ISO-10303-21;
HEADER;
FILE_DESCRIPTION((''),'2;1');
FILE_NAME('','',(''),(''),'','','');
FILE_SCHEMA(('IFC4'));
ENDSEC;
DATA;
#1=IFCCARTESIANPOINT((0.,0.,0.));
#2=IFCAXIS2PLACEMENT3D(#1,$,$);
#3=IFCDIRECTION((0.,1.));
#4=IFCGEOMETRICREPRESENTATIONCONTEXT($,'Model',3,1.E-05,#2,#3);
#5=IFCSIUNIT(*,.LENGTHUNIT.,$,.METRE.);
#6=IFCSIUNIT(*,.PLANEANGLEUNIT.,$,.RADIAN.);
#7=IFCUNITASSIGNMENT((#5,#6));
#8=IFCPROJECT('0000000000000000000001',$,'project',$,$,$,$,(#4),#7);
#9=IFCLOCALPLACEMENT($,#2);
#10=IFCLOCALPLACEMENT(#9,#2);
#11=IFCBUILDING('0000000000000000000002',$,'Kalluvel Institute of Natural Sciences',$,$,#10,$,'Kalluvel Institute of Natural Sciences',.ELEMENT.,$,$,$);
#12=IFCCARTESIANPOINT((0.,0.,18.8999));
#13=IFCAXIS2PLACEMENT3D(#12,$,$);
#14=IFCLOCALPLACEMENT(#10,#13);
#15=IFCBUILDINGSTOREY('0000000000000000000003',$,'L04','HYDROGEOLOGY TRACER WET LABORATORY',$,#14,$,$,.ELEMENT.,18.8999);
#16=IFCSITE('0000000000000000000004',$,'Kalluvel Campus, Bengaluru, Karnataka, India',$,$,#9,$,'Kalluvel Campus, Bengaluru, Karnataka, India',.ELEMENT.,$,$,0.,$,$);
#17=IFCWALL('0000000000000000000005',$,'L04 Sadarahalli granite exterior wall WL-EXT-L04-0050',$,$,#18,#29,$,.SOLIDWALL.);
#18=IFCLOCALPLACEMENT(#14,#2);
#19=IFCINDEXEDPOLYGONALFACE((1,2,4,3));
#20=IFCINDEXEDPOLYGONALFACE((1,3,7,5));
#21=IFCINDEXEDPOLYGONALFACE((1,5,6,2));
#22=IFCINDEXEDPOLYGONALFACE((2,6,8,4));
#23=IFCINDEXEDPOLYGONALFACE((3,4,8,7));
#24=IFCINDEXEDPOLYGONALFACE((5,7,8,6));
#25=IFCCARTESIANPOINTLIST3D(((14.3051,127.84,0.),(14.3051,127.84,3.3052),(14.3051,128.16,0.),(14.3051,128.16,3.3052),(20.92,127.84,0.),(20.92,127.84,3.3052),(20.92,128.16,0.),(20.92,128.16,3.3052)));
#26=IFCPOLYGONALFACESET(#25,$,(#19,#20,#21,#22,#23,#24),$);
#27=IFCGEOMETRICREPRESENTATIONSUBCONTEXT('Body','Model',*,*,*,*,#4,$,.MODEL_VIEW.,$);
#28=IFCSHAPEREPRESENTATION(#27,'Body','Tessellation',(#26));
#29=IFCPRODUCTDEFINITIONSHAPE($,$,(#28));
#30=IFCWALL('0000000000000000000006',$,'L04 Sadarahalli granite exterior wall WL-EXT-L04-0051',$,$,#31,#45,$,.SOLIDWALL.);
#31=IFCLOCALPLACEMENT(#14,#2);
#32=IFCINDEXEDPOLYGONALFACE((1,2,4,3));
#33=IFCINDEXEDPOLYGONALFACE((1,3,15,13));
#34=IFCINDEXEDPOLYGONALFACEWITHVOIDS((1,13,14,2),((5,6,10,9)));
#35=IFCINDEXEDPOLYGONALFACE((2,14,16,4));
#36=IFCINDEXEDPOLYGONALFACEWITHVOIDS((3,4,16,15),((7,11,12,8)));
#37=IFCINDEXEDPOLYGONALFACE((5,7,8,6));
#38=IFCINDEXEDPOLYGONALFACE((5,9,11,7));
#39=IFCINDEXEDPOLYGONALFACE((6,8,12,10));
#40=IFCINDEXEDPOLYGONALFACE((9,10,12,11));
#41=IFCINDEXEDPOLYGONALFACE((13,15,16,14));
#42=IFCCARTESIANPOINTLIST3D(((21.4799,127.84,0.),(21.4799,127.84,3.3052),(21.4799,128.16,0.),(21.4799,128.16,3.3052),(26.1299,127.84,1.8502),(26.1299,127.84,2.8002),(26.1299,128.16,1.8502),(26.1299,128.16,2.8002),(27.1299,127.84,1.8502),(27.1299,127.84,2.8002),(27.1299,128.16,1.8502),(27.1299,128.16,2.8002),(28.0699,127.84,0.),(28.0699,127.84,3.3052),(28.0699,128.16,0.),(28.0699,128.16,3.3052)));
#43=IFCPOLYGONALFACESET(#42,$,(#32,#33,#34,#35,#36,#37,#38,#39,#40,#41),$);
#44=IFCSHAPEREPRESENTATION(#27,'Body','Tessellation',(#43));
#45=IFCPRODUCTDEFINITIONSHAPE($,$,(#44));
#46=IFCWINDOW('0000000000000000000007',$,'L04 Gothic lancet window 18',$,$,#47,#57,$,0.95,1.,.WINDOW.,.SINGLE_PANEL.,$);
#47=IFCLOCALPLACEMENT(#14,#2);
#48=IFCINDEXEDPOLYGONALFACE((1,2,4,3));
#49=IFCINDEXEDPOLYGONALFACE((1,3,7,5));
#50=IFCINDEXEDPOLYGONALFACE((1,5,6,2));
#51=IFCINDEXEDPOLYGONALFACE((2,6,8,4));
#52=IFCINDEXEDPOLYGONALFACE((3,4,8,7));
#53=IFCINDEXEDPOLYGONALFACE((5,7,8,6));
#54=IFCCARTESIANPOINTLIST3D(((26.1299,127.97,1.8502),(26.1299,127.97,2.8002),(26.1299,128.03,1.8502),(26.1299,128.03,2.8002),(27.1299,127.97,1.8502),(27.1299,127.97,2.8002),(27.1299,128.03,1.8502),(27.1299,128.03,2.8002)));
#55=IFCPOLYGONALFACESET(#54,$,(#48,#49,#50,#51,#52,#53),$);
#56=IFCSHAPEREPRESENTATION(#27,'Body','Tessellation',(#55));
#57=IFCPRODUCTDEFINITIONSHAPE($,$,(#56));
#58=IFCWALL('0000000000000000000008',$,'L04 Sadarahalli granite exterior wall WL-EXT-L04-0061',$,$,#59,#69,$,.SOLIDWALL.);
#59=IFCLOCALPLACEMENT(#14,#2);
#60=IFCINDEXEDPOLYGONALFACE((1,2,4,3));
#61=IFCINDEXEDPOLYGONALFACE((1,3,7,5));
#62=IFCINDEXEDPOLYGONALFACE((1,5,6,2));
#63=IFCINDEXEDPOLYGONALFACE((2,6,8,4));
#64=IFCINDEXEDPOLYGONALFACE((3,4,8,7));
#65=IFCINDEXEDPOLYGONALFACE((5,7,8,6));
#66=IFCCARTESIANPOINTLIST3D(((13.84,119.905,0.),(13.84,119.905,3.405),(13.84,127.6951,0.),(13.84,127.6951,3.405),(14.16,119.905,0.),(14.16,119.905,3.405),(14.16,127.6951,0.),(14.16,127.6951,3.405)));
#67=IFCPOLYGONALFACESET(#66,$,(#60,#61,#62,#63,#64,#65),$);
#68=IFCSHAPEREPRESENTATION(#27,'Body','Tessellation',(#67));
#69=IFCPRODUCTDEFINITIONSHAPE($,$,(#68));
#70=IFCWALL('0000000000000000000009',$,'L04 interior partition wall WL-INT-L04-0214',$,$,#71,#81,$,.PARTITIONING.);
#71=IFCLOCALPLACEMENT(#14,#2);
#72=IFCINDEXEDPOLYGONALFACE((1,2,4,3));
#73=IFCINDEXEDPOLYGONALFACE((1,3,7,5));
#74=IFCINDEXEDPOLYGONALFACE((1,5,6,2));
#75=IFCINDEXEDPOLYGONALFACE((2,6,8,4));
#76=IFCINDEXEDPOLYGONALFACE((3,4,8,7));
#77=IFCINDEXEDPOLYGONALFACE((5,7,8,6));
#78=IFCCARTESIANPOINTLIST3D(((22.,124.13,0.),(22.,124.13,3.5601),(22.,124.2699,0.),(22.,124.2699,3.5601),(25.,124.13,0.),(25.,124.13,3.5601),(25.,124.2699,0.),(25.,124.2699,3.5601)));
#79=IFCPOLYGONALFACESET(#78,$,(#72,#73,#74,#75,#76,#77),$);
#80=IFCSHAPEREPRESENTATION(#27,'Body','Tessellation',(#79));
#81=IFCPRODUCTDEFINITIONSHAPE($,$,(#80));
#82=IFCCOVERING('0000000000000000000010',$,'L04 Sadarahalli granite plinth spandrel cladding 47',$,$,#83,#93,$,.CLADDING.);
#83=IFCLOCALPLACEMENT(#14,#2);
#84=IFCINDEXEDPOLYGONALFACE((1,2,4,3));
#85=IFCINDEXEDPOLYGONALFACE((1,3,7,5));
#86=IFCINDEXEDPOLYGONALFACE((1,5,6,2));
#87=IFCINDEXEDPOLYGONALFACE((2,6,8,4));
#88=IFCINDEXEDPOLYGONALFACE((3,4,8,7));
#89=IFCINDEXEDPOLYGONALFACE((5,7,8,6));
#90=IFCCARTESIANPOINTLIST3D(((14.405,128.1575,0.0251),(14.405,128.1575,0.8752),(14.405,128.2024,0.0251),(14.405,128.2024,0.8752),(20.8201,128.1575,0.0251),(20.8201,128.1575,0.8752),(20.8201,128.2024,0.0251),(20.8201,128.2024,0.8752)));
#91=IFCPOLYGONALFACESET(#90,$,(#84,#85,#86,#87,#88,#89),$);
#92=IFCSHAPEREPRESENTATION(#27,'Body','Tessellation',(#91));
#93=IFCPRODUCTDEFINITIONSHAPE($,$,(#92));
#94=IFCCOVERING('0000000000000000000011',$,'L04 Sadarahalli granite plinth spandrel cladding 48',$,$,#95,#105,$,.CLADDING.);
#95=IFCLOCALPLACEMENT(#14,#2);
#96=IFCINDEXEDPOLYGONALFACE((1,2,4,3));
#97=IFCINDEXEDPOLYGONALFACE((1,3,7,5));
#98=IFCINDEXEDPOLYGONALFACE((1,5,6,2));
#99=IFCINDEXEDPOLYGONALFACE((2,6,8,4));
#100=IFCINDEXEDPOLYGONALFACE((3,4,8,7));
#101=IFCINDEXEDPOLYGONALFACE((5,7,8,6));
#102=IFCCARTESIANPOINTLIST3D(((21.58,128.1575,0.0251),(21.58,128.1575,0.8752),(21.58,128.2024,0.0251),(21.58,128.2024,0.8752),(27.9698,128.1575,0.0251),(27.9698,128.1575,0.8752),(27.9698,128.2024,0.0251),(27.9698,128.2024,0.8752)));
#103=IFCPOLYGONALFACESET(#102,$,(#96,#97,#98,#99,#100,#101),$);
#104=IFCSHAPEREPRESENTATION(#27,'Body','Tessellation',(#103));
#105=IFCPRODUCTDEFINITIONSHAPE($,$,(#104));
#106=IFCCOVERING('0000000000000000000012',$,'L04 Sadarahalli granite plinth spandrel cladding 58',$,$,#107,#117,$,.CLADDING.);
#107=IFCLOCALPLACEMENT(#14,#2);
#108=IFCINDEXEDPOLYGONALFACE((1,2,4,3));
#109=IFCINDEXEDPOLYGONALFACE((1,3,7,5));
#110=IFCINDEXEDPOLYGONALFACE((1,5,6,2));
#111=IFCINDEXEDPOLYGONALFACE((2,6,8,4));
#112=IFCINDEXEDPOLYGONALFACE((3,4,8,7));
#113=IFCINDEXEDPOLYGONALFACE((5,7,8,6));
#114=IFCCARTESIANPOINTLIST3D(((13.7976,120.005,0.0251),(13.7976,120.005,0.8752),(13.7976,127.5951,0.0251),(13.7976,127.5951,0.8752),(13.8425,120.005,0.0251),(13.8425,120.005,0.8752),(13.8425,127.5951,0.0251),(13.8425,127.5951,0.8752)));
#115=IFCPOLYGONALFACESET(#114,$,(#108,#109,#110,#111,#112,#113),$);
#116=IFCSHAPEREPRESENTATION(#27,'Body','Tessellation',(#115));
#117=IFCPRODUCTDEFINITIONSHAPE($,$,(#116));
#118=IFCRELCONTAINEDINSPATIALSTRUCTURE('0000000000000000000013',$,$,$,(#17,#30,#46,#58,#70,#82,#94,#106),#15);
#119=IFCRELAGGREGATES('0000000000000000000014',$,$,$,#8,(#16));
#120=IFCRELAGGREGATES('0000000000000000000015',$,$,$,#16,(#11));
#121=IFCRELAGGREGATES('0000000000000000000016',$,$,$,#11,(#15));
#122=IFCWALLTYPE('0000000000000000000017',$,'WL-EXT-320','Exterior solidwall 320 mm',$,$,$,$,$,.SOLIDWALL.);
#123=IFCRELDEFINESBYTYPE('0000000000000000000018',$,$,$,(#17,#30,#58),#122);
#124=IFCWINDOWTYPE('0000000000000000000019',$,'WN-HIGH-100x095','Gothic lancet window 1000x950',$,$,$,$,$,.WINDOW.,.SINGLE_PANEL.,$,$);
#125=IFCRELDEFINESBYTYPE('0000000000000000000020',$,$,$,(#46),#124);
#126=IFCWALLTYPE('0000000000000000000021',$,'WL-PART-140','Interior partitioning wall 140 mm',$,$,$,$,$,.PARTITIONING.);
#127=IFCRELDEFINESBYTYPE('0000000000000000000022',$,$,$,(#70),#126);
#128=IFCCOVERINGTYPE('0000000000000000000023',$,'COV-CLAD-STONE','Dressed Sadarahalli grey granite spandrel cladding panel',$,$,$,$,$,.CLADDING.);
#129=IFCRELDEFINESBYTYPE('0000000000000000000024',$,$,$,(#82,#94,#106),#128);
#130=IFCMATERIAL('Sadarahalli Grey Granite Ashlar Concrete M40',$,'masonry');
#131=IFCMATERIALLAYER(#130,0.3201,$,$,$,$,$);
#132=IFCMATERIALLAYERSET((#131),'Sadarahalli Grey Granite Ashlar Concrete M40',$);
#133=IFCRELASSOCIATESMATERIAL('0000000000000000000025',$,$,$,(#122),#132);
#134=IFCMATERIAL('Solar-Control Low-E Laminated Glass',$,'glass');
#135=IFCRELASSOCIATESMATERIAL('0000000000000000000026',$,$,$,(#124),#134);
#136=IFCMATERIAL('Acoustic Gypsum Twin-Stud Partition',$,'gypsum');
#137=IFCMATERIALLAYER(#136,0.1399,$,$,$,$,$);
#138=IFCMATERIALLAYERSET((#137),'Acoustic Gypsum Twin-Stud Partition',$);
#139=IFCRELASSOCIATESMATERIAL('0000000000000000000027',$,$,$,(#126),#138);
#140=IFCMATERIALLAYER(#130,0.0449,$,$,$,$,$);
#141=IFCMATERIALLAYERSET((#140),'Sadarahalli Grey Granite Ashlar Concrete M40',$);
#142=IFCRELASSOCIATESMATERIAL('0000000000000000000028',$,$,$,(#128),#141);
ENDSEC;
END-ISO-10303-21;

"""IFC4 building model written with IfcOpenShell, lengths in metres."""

from ifc_helpers import new_model, si_unit, direction, frame, frame_2d, origin, origin_2d, place, context, subcontext, project, spatial, rectangle, extrude, material, layer, layer_set, type_object, element, fill, save


model = new_model("IFC4")

# Units and contexts
model_context = context("Model", 3, precision=1e-05, world=origin(), true_north=direction((0.0, 1.0)))
body_context = subcontext(model_context, "Body", "Model", "MODEL_VIEW")
ifc_project = project(units=[si_unit("LENGTHUNIT", "METRE"), si_unit("PLANEANGLEUNIT", "RADIAN")], contexts=[model_context])

# Site, building, storey
site_placement = place(None, origin())
site = spatial("IfcSite", under=ifc_project, at=site_placement, Name="Kalluvel Campus, Bengaluru, Karnataka, India", LongName="Kalluvel Campus, Bengaluru, Karnataka, India", CompositionType="ELEMENT", RefElevation=0.0)
building_placement = place(site_placement, origin())
building = spatial("IfcBuilding", under=site, at=building_placement, Name="Kalluvel Institute of Natural Sciences", LongName="Kalluvel Institute of Natural Sciences", CompositionType="ELEMENT")
storey_placement = place(building_placement, frame((0.0, 0.0, 18.8999)))
storey = spatial("IfcBuildingStorey", under=building, at=storey_placement, Name="L04", Description="HYDROGEOLOGY TRACER WET LABORATORY", CompositionType="ELEMENT", Elevation=18.8999)

# Wall
ifc_material_1 = material(Name="Sadarahalli Grey Granite Ashlar Concrete M40", Category="masonry")
ifc_layer_1 = layer(ifc_material_1, 0.3201)
ifc_layer_set_1 = layer_set([ifc_layer_1], Name="Sadarahalli Grey Granite Ashlar Concrete M40")
wall_type_1 = type_object("IfcWallType", Name="WL-EXT-320", Description="Exterior solidwall 320 mm", PredefinedType="SOLIDWALL", material=ifc_layer_set_1)
wall_1_placement = place(storey_placement, frame((14.3049, 128.0, 0.0), z_axis=(0.0, 0.0, 1.0), x_axis=(1.0, 0.0, 0.0)))
element("IfcWall", 1, at=wall_1_placement, inside=storey, type_object=wall_type_1, Name="L04 Sadarahalli granite exterior wall WL-EXT-L04-0050", PredefinedType="SOLIDWALL", context=body_context, shape_type="SweptSolid", body=[
    extrude(rectangle(XDim=6.615, YDim=0.3201, at=frame_2d((3.3076, 0.0))), origin(), (0.0, 0.0, 1.0), 3.3052),
])

# Wall, opening, window
wall_2_placement = place(storey_placement, frame((21.48, 128.0, 0.0), z_axis=(0.0, 0.0, 1.0), x_axis=(1.0, 0.0, 0.0)))
wall_2 = element("IfcWall", 2, at=wall_2_placement, inside=storey, type_object=wall_type_1, Name="L04 Sadarahalli granite exterior wall WL-EXT-L04-0051", PredefinedType="SOLIDWALL", context=body_context, shape_type="SweptSolid", body=[
    extrude(rectangle(XDim=6.5901, YDim=0.3201, at=frame_2d((3.2949, 0.0))), origin(), (0.0, 0.0, 1.0), 3.3052),
])
opening_placement = place(wall_2_placement, frame((4.6499, 0.0, 1.8501)))
opening = element("IfcOpeningElement", 3, at=opening_placement, cuts=wall_2, PredefinedType="OPENING", context=body_context, shape_type="SweptSolid", body=[
    extrude(rectangle(XDim=1.0, YDim=0.95, at=frame_2d((0.5, 0.4751))), frame((0.0, 0.1699, 0.0), z_axis=(0.0, -1.0, 0.0), x_axis=(1.0, 0.0, 0.0)), (0.0, 0.0, 1.0), 0.3401),
])
ifc_material_2 = material(Name="Solar-Control Low-E Laminated Glass", Category="glass")
window_type = type_object("IfcWindowType", Name="WN-HIGH-100x095", Description="Gothic lancet window 1000x950", PartitioningType="SINGLE_PANEL", PredefinedType="WINDOW", material=ifc_material_2)
window_placement = place(opening_placement, origin())
window = element("IfcWindow", 4, at=window_placement, inside=storey, type_object=window_type, Name="L04 Gothic lancet window 18", OverallHeight=0.95, OverallWidth=1.0, PartitioningType="SINGLE_PANEL", PredefinedType="WINDOW", context=body_context, shape_type="SweptSolid", body=[
    extrude(rectangle(XDim=1.0, YDim=0.95, at=frame_2d((0.5, 0.4751))), frame((0.0, 0.03, 0.0), z_axis=(0.0, -1.0, 0.0), x_axis=(1.0, 0.0, 0.0)), (0.0, 0.0, 1.0), 0.0601),
])
fill(opening, window)

# Walls
wall_3_placement = place(storey_placement, frame((14.0, 119.905, 0.0), z_axis=(0.0, 0.0, 1.0), x_axis=(0.0, 1.0, 0.0)))
element("IfcWall", 5, at=wall_3_placement, inside=storey, type_object=wall_type_1, Name="L04 Sadarahalli granite exterior wall WL-EXT-L04-0061", PredefinedType="SOLIDWALL", context=body_context, shape_type="SweptSolid", body=[
    extrude(rectangle(XDim=7.79, YDim=0.3201, at=frame_2d((3.895, 0.0))), origin(), (0.0, 0.0, 1.0), 3.405),
])
ifc_material_3 = material(Name="Acoustic Gypsum Twin-Stud Partition", Category="gypsum")
ifc_layer_2 = layer(ifc_material_3, 0.1399)
ifc_layer_set_2 = layer_set([ifc_layer_2], Name="Acoustic Gypsum Twin-Stud Partition")
wall_type_2 = type_object("IfcWallType", Name="WL-PART-140", Description="Interior partitioning wall 140 mm", PredefinedType="PARTITIONING", material=ifc_layer_set_2)
wall_4_placement = place(storey_placement, frame((22.0, 124.2, 0.0), z_axis=(0.0, 0.0, 1.0), x_axis=(1.0, 0.0, 0.0)))
element("IfcWall", 6, at=wall_4_placement, inside=storey, type_object=wall_type_2, Name="L04 interior partition wall WL-INT-L04-0214", PredefinedType="PARTITIONING", context=body_context, shape_type="SweptSolid", body=[
    extrude(rectangle(XDim=3.0, YDim=0.1399, at=frame_2d((1.5, 0.0))), origin(), (0.0, 0.0, 1.0), 3.5601),
])

# Coverings
ifc_layer_3 = layer(ifc_material_1, 0.0449)
ifc_layer_set_3 = layer_set([ifc_layer_3], Name="Sadarahalli Grey Granite Ashlar Concrete M40")
covering_type = type_object("IfcCoveringType", Name="COV-CLAD-STONE", Description="Dressed Sadarahalli grey granite spandrel cladding panel", PredefinedType="CLADDING", material=ifc_layer_set_3)
covering_1_placement = place(storey_placement, frame((17.6125, 128.1799, 0.0251), z_axis=(0.0, 0.0, 1.0), x_axis=(1.0, 0.0, 0.0)))
element("IfcCovering", 7, at=covering_1_placement, inside=storey, type_object=covering_type, Name="L04 Sadarahalli granite plinth spandrel cladding 47", PredefinedType="CLADDING", context=body_context, shape_type="SweptSolid", body=[
    extrude(rectangle(XDim=6.415, YDim=0.0449, at=origin_2d()), origin(), (0.0, 0.0, 1.0), 0.8501),
])
covering_2_placement = place(storey_placement, frame((24.7749, 128.1799, 0.0251), z_axis=(0.0, 0.0, 1.0), x_axis=(1.0, 0.0, 0.0)))
element("IfcCovering", 8, at=covering_2_placement, inside=storey, type_object=covering_type, Name="L04 Sadarahalli granite plinth spandrel cladding 48", PredefinedType="CLADDING", context=body_context, shape_type="SweptSolid", body=[
    extrude(rectangle(XDim=6.3899, YDim=0.0449, at=origin_2d()), origin(), (0.0, 0.0, 1.0), 0.8501),
])
covering_3_placement = place(storey_placement, frame((13.8201, 123.8, 0.0251), z_axis=(0.0, 0.0, 1.0), x_axis=(0.0, 1.0, 0.0)))
element("IfcCovering", 9, at=covering_3_placement, inside=storey, type_object=covering_type, Name="L04 Sadarahalli granite plinth spandrel cladding 58", PredefinedType="CLADDING", context=body_context, shape_type="SweptSolid", body=[
    extrude(rectangle(XDim=7.5901, YDim=0.0449, at=origin_2d()), origin(), (0.0, 0.0, 1.0), 0.8501),
])

save(model, "model.ifc")
